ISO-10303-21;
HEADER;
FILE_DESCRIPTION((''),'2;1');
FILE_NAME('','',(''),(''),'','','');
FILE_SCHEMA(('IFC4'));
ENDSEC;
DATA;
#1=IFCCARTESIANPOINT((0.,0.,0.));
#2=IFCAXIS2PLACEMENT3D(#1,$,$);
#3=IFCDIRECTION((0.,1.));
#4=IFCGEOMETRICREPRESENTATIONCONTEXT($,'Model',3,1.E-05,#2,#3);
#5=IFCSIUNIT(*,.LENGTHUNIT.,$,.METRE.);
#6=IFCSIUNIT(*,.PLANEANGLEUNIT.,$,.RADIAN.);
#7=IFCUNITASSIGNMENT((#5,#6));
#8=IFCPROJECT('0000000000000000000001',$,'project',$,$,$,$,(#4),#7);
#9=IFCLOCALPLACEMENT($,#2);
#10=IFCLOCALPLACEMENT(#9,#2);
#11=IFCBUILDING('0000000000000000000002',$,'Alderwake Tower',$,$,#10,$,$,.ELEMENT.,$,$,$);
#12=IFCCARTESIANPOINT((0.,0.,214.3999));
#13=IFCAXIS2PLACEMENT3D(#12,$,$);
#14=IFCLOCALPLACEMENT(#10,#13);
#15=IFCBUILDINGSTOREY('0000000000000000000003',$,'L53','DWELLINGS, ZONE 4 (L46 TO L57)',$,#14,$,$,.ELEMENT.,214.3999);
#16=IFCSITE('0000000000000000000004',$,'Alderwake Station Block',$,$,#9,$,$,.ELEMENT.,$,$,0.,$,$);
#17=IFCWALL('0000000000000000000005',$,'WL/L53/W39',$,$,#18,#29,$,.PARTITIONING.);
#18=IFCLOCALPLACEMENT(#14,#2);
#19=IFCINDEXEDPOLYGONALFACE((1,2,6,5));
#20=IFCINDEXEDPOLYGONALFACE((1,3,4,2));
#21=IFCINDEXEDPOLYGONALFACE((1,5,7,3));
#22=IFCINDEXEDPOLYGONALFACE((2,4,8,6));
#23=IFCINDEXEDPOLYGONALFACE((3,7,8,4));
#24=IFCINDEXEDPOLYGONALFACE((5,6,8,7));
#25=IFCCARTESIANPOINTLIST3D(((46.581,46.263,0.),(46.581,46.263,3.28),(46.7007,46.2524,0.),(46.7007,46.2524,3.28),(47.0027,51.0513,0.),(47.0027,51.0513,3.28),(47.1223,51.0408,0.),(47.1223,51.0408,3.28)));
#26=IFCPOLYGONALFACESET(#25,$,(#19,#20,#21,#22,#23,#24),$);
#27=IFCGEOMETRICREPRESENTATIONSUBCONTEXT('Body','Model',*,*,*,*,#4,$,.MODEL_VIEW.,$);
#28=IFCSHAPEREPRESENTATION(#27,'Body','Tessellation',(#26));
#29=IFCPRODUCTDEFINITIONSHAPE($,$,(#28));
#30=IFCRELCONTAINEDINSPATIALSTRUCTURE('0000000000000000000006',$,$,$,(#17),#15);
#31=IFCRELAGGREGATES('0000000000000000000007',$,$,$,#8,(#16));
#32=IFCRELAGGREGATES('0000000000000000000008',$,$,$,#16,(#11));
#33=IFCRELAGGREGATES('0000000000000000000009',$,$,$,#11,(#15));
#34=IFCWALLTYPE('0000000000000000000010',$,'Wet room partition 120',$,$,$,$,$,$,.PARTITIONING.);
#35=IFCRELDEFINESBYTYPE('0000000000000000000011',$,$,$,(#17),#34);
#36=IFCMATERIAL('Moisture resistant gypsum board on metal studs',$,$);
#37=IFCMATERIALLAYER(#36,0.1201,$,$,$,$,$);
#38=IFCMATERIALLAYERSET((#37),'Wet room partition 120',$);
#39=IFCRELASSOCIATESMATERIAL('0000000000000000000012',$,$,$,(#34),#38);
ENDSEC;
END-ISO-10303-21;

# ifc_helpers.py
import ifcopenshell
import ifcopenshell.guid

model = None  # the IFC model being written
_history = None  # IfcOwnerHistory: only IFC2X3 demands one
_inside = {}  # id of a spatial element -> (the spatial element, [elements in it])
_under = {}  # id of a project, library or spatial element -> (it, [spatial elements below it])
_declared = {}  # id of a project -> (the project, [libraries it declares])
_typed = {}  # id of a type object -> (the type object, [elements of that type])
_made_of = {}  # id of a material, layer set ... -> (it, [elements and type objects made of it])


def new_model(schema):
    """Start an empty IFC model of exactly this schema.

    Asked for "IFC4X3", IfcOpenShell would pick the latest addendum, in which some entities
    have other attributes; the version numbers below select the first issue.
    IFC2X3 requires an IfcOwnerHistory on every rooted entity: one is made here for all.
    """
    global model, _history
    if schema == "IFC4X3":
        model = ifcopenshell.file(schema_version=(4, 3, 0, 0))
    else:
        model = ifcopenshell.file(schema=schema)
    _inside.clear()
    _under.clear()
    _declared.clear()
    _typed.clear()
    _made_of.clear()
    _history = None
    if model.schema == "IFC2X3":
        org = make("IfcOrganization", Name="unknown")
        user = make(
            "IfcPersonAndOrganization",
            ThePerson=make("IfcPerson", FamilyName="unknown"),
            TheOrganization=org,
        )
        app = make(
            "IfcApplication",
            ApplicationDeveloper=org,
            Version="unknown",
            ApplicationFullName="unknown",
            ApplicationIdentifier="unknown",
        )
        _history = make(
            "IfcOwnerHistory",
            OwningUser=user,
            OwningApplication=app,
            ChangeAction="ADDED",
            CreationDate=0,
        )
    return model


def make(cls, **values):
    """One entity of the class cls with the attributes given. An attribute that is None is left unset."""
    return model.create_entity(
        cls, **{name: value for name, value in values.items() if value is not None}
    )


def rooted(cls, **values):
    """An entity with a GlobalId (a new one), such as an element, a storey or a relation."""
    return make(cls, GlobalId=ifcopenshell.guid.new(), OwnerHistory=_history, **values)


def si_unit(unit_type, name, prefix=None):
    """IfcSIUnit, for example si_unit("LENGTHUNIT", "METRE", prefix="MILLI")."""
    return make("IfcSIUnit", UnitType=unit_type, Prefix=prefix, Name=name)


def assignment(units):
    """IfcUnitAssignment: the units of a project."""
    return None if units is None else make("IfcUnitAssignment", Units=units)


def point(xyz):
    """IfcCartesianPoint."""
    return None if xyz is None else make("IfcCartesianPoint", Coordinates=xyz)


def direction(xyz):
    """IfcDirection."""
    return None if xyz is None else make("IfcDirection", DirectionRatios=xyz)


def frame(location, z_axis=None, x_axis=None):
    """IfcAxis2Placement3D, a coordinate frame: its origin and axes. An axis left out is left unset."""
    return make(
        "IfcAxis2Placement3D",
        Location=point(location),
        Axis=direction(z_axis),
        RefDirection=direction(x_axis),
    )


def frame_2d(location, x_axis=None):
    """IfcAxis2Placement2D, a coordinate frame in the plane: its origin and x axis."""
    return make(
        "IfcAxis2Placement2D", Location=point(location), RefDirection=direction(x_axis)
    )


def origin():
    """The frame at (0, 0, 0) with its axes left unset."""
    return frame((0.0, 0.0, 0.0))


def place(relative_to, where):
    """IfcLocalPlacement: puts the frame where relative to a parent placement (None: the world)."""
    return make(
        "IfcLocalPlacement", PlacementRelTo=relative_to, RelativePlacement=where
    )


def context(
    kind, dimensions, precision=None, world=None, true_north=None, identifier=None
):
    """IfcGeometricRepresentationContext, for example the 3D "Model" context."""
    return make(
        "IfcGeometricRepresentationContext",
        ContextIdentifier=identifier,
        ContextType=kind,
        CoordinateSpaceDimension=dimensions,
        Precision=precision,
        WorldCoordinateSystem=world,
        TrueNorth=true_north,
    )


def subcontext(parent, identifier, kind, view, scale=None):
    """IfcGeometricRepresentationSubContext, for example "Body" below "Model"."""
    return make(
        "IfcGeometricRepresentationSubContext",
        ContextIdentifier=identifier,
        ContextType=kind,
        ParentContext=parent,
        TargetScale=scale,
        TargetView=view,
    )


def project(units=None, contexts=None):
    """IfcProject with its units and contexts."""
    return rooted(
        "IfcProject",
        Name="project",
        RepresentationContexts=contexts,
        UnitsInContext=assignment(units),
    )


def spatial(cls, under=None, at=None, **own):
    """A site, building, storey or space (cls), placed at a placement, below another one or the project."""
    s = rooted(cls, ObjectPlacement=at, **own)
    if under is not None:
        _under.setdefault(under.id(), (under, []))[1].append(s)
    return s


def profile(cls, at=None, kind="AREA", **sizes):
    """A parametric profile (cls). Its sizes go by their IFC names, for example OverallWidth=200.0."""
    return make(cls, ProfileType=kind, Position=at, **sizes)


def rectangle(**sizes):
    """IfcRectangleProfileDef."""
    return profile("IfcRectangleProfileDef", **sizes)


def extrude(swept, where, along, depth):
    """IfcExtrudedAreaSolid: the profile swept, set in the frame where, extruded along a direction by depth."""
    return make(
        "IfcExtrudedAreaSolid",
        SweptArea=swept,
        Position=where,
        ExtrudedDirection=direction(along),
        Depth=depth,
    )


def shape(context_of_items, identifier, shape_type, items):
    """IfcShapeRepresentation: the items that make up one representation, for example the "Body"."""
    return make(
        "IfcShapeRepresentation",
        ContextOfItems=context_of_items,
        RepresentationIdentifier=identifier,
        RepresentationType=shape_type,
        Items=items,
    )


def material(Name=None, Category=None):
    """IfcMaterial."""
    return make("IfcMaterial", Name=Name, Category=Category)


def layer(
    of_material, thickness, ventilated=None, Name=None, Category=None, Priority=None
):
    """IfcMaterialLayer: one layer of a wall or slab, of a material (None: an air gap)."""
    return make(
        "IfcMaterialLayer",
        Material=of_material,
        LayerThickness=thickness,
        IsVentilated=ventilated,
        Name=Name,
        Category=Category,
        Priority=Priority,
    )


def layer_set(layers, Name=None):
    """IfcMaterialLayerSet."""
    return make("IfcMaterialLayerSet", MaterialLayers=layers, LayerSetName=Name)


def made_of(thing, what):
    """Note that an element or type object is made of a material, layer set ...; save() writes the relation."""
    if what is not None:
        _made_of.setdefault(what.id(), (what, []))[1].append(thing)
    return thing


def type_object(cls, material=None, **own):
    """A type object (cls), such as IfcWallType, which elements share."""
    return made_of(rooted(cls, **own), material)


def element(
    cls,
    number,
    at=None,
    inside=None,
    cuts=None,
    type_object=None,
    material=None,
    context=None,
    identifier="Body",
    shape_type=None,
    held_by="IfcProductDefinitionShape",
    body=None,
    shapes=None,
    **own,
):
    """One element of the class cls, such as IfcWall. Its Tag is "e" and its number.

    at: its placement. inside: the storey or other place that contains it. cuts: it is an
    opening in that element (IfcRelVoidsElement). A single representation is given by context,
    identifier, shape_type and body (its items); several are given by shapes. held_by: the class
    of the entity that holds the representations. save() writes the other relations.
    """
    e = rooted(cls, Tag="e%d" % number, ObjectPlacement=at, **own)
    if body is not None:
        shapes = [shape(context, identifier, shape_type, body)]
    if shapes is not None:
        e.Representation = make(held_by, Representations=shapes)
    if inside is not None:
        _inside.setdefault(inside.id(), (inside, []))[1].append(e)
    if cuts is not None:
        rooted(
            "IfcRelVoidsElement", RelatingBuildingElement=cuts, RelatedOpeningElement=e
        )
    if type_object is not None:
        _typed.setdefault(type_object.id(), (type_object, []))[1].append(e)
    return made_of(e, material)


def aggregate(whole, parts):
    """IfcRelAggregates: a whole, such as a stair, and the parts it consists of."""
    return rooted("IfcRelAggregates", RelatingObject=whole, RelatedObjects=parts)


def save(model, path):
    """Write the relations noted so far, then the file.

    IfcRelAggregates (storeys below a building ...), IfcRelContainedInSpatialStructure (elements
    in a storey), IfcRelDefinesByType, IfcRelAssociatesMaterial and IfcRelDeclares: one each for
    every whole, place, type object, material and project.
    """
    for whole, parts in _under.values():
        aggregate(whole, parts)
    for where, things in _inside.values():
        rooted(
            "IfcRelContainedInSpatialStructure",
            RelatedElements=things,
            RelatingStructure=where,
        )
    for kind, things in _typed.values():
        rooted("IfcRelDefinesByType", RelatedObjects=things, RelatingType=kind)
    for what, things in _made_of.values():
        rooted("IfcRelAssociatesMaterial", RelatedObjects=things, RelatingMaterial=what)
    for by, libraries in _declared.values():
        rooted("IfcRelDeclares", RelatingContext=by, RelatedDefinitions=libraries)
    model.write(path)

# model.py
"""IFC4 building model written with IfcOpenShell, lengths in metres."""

from ifc_helpers import new_model, si_unit, direction, frame, frame_2d, origin, place, context, subcontext, project, spatial, rectangle, extrude, material, layer, layer_set, type_object, element, save


model = new_model("IFC4")

# Units and contexts
model_context = context("Model", 3, precision=1e-05, world=origin(), true_north=direction((0.0, 1.0)))
body_context = subcontext(model_context, "Body", "Model", "MODEL_VIEW")
ifc_project = project(units=[si_unit("LENGTHUNIT", "METRE"), si_unit("PLANEANGLEUNIT", "RADIAN")], contexts=[model_context])

# Site, building, storey
site_placement = place(None, origin())
site = spatial("IfcSite", under=ifc_project, at=site_placement, Name="Alderwake Station Block", CompositionType="ELEMENT", RefElevation=0.0)
building_placement = place(site_placement, origin())
building = spatial("IfcBuilding", under=site, at=building_placement, Name="Alderwake Tower", CompositionType="ELEMENT")
storey_placement = place(building_placement, frame((0.0, 0.0, 214.3999)))
storey = spatial("IfcBuildingStorey", under=building, at=storey_placement, Name="L53", Description="DWELLINGS, ZONE 4 (L46 TO L57)", CompositionType="ELEMENT", Elevation=214.3999)

# Shared definitions
ifc_material_1 = material(Name="Moisture resistant gypsum board on metal studs")
ifc_layer_1 = layer(ifc_material_1, 0.1201)
ifc_layer_set_1 = layer_set([ifc_layer_1], Name="Wet room partition 120")
wall_type_1 = type_object("IfcWallType", Name="Wet room partition 120", PredefinedType="PARTITIONING", material=ifc_layer_set_1)

# Wall
wall_1_placement = place(storey_placement, frame((46.6409, 46.2578, 0.0), z_axis=(0.0, 0.0, 1.0), x_axis=(0.087714, 0.996146, 0.0)))
element("IfcWall", 1, at=wall_1_placement, inside=storey, type_object=wall_type_1, Name="WL/L53/W39", PredefinedType="PARTITIONING", context=body_context, shape_type="SweptSolid", body=[
    extrude(rectangle(XDim=4.8069, YDim=0.1201, at=frame_2d((2.4033, 0.0))), origin(), (0.0, 0.0, 1.0), 3.28),
])

save(model, "model.ifc")
